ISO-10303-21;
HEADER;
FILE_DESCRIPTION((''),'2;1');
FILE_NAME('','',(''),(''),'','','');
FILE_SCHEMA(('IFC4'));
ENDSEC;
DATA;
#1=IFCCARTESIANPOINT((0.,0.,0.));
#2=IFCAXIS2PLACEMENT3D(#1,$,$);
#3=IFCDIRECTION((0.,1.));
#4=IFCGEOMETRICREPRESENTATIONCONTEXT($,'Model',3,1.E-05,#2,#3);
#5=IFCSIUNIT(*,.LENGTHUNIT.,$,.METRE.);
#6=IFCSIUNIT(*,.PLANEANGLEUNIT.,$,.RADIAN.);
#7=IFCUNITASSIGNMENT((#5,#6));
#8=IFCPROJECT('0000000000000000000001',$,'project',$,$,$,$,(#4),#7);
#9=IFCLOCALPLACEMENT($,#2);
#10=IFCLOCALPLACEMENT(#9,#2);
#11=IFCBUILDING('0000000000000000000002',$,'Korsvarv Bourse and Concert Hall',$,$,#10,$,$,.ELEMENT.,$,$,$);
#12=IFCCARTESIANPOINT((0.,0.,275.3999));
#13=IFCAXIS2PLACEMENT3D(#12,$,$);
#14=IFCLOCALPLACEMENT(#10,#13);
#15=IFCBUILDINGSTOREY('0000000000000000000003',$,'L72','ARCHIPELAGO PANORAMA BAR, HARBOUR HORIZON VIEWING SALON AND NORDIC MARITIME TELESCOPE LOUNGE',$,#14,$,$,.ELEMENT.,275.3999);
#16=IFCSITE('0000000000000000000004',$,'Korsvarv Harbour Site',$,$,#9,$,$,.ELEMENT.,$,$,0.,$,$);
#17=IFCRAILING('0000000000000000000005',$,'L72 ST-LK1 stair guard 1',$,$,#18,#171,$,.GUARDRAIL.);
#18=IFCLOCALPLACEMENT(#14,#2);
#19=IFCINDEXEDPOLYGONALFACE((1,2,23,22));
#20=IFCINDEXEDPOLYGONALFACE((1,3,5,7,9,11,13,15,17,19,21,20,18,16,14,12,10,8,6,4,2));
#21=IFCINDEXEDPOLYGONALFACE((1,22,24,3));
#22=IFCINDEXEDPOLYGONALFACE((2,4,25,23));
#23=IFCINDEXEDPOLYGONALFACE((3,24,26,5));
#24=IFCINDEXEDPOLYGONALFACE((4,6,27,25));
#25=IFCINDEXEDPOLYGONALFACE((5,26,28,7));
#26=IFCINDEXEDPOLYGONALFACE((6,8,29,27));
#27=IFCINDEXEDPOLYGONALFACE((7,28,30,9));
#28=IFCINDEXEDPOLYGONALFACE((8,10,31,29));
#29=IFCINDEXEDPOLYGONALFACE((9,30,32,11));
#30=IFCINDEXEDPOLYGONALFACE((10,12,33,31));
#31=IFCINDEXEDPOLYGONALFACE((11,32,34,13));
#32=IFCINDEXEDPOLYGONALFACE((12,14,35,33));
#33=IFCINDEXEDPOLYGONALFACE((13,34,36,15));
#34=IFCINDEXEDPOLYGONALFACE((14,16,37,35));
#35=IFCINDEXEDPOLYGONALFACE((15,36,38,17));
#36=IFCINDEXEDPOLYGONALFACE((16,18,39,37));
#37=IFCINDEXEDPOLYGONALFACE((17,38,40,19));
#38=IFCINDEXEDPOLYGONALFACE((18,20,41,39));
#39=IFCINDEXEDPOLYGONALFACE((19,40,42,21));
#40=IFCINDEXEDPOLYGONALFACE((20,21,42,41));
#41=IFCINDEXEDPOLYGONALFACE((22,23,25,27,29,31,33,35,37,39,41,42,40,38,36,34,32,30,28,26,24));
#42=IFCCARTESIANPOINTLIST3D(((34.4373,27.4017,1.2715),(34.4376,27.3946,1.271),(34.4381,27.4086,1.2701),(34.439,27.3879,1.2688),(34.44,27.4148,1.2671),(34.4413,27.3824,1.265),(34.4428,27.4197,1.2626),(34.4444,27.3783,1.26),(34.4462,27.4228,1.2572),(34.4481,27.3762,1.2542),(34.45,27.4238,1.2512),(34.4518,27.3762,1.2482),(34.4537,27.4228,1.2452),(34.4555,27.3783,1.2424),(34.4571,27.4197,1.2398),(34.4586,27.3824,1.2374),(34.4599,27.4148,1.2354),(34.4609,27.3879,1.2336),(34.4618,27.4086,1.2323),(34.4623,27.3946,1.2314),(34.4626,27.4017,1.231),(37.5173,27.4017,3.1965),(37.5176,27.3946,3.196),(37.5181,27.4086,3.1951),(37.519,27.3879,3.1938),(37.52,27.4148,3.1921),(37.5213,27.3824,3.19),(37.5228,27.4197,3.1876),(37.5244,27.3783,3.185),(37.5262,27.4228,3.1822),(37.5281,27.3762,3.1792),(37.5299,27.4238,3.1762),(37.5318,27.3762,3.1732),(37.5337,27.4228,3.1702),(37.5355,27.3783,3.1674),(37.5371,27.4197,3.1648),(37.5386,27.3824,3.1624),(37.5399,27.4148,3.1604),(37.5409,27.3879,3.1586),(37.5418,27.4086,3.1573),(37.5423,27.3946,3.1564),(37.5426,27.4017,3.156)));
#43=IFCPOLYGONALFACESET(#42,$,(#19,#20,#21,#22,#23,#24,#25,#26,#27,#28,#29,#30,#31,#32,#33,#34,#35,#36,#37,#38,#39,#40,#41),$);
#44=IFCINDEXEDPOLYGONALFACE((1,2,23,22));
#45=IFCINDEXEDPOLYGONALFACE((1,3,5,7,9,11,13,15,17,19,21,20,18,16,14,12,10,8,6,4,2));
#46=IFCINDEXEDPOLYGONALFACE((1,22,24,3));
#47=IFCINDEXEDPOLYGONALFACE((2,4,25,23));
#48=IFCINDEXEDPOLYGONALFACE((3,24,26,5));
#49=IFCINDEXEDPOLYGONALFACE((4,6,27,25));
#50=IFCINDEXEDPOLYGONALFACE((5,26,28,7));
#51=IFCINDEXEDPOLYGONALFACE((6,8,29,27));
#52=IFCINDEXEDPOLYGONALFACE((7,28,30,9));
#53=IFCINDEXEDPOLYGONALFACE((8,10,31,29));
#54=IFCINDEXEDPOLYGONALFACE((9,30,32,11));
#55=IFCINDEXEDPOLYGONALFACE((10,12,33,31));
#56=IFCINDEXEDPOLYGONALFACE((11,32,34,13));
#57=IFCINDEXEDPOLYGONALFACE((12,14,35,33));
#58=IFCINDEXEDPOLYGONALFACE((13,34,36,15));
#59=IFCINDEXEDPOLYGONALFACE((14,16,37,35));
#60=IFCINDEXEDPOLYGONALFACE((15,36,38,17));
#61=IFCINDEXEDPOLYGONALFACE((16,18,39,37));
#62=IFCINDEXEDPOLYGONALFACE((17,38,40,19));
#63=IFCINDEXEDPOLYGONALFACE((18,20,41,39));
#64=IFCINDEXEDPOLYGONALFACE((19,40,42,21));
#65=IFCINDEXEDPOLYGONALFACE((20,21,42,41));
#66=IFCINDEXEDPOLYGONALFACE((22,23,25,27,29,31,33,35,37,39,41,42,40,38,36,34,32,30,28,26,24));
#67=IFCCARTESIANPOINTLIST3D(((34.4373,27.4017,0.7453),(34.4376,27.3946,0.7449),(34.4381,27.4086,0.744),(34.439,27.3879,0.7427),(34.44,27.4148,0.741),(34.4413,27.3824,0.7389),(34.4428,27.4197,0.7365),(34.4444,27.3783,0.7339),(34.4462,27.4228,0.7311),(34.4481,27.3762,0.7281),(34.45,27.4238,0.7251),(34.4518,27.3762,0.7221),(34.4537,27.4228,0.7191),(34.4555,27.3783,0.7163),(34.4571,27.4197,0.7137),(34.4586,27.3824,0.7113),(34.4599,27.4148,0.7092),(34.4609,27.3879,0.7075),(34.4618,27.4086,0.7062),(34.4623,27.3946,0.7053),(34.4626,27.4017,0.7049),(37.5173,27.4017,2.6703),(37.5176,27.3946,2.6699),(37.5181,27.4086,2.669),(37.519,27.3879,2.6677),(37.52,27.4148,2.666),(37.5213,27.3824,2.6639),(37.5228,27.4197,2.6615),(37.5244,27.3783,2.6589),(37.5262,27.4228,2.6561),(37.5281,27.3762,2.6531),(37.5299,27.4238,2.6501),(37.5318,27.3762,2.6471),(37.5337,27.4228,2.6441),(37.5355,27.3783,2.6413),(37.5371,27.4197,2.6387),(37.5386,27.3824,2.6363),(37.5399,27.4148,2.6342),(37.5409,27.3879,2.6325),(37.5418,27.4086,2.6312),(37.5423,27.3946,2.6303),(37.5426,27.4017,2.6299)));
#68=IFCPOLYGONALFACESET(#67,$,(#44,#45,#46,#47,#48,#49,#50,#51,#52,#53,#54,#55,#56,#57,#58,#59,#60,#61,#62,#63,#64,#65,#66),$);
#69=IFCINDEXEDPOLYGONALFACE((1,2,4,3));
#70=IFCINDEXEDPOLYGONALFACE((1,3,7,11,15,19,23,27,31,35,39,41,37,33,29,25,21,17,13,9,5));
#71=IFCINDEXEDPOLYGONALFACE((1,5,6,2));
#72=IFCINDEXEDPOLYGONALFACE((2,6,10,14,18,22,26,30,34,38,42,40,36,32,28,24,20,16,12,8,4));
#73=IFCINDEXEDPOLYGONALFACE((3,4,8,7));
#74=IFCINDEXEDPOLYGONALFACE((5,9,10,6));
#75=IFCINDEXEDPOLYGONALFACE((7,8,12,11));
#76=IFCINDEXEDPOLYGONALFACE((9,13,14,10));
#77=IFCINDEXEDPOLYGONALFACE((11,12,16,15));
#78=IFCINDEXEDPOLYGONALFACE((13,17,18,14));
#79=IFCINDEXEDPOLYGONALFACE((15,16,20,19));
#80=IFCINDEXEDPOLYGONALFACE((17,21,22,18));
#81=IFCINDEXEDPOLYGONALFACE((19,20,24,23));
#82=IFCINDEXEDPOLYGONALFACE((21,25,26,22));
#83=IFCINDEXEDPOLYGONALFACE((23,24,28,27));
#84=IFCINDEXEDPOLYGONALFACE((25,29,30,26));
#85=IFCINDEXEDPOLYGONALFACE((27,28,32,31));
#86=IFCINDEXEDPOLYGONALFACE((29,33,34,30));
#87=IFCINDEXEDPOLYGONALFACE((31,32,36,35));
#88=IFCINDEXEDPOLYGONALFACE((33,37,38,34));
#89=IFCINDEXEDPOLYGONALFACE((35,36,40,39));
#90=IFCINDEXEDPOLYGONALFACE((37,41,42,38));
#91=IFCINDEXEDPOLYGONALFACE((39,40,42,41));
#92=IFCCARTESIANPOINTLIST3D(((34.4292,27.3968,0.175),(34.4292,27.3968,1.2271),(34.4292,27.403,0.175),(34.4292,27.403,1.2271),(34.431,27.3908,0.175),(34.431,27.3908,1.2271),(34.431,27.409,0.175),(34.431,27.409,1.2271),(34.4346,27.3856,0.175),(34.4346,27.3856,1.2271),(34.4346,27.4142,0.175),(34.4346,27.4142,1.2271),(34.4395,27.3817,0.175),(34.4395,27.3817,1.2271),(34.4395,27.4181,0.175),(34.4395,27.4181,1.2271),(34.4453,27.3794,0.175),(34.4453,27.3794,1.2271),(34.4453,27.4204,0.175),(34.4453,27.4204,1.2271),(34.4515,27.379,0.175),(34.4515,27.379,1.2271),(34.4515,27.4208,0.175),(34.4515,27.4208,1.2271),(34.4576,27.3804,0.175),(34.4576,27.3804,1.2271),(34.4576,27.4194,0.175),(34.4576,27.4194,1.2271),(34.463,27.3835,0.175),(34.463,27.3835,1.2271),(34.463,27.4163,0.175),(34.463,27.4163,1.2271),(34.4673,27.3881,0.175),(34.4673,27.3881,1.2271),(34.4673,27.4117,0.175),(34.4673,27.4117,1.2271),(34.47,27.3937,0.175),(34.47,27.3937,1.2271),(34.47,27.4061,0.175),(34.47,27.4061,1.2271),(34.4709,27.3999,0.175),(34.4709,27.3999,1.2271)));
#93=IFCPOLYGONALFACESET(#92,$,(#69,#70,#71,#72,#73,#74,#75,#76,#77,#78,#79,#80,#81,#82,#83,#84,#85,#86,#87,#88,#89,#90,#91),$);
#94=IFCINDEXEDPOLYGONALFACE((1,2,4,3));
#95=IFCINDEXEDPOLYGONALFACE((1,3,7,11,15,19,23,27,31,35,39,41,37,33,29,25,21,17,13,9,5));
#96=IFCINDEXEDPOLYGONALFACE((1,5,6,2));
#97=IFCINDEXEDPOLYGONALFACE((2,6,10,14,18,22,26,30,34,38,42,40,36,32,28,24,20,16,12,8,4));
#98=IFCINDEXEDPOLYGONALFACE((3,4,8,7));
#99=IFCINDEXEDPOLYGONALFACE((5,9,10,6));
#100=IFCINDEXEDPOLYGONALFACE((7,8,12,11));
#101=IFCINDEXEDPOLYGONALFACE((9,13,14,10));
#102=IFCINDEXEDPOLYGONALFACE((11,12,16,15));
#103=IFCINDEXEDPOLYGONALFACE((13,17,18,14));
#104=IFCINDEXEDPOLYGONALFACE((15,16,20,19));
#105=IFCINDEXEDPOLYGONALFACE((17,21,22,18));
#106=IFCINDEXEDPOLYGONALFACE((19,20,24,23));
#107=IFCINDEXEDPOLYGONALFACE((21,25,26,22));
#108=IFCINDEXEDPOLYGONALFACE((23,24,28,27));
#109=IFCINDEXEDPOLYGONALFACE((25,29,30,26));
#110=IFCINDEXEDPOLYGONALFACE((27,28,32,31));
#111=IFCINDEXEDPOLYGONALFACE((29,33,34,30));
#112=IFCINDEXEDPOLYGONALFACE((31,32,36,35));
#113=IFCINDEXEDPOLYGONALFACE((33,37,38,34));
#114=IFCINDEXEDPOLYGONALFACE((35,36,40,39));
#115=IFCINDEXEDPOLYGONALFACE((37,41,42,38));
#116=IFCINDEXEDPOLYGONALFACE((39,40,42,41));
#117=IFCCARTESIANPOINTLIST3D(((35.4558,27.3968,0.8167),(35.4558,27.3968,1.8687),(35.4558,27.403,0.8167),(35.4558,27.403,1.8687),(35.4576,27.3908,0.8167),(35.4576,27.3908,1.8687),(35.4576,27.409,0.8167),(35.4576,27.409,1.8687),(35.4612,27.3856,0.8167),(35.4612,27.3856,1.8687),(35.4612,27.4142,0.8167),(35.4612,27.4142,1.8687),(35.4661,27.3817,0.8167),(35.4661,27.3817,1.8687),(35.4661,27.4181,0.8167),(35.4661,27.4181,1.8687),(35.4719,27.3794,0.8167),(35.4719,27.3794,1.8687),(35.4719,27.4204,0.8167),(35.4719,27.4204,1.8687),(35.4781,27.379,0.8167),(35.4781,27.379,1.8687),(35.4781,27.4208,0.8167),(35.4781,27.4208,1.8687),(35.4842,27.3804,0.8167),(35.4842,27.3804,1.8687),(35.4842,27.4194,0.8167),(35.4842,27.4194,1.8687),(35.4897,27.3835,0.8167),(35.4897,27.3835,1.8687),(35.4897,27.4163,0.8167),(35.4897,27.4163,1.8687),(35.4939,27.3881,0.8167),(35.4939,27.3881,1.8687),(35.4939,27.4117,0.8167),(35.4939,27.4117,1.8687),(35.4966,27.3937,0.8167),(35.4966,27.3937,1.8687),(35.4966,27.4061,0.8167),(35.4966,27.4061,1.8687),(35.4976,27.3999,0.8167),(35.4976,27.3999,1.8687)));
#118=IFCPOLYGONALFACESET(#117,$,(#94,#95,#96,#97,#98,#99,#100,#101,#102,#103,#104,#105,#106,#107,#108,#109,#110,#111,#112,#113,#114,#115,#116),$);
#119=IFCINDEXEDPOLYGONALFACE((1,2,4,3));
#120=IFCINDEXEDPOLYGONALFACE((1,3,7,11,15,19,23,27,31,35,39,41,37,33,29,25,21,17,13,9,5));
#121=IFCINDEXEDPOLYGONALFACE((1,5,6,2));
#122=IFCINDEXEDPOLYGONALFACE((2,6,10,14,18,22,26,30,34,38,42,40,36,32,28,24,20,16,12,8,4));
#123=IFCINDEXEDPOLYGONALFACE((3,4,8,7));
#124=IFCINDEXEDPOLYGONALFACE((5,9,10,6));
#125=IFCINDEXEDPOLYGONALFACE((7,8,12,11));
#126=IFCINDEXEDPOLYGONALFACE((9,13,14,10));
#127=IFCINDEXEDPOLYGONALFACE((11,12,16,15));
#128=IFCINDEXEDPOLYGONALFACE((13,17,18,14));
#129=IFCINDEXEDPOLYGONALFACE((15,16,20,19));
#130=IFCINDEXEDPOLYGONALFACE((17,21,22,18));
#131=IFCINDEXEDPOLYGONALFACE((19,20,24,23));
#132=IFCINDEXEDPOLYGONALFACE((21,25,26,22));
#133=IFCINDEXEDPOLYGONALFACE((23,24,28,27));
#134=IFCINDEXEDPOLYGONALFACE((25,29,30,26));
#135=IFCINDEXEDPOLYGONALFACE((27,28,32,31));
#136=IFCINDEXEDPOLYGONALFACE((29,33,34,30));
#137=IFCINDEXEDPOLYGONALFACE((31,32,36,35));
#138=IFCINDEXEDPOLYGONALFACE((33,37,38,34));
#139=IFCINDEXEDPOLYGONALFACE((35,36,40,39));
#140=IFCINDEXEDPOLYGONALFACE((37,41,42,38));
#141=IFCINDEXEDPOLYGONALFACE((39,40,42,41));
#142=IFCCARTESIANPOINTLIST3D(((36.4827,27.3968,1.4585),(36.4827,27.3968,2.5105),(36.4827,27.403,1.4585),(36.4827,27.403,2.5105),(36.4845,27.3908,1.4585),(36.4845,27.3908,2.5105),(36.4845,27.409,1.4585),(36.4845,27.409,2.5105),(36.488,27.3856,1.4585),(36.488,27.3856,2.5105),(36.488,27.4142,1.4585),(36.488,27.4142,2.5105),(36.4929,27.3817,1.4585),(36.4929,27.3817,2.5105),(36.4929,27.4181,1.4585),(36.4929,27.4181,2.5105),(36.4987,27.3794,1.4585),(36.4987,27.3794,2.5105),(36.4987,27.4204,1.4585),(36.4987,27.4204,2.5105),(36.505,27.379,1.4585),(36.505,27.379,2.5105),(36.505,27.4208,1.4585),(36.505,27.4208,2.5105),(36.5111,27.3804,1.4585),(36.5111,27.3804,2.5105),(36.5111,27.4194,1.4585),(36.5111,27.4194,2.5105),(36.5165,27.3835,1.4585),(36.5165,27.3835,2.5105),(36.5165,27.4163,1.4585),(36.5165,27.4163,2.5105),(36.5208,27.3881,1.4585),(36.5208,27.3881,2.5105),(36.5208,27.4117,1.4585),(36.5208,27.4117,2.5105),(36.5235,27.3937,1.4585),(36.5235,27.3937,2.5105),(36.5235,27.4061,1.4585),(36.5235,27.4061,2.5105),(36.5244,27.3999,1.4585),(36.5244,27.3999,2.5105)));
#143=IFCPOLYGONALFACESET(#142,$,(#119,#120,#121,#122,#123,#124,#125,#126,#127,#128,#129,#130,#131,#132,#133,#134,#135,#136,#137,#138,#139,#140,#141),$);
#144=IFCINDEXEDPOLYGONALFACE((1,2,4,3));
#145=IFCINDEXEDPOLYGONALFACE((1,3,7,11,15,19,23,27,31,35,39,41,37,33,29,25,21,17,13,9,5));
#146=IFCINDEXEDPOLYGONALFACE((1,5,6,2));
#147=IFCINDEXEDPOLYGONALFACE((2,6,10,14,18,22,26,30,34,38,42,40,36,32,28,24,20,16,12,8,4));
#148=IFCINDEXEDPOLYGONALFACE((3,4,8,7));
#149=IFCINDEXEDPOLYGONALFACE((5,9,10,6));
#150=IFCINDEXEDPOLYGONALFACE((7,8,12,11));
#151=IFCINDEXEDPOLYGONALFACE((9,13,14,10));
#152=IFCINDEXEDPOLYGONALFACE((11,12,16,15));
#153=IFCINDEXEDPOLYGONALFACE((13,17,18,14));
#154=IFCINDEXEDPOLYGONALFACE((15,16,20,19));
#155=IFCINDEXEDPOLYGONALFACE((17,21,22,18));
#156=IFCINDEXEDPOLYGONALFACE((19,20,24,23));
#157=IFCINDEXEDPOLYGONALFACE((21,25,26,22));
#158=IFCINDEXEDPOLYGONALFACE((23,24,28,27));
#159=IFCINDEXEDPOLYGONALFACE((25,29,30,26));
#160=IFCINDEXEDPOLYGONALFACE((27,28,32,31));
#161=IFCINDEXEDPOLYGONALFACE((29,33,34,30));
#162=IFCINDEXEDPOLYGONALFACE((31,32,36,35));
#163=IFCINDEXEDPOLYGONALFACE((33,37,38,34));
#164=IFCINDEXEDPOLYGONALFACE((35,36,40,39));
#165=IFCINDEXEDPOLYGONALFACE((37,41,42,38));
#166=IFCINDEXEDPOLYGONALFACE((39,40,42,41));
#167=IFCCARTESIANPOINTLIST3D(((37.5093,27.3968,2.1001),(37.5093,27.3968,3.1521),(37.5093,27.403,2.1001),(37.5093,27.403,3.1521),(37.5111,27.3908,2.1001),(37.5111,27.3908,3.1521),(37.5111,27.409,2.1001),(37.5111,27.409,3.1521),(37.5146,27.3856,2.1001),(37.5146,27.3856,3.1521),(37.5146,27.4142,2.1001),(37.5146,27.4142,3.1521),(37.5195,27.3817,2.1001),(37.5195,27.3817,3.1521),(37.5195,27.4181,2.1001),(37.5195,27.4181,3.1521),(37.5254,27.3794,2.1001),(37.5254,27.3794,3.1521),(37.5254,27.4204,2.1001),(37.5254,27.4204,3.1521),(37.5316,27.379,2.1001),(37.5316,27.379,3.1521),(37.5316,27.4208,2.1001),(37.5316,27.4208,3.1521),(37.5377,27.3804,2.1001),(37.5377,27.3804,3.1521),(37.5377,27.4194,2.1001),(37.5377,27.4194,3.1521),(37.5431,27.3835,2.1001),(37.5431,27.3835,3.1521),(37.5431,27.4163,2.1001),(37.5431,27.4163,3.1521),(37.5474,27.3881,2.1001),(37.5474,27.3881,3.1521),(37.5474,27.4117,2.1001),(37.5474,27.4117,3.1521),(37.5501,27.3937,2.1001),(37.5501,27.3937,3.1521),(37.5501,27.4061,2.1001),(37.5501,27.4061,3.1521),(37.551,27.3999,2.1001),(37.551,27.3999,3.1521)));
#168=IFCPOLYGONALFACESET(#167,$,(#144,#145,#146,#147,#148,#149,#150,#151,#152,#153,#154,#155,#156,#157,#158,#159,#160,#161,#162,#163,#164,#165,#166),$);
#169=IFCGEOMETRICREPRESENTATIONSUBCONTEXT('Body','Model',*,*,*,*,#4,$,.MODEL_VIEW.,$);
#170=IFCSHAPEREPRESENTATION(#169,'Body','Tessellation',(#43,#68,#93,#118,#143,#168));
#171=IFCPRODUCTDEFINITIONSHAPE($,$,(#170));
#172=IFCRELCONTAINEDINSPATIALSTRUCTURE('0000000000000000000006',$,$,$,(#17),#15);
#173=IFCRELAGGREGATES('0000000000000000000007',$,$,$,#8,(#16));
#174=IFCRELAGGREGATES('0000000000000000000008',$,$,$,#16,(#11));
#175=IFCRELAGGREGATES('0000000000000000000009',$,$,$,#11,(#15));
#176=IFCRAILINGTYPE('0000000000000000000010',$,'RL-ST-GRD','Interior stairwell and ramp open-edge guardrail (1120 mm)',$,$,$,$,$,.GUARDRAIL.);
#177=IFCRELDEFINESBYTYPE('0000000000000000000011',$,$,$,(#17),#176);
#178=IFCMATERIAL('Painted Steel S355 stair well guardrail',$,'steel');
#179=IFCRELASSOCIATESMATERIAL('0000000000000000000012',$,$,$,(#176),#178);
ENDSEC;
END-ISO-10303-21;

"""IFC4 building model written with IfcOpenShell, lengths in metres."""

from ifc_helpers import new_model, si_unit, direction, frame, origin, origin_2d, place, context, subcontext, project, spatial, circle, extrude, material, type_object, element, save


model = new_model("IFC4")

# Units and contexts
model_context = context("Model", 3, precision=1e-05, world=origin(), true_north=direction((0.0, 1.0)))
body_context = subcontext(model_context, "Body", "Model", "MODEL_VIEW")
ifc_project = project(units=[si_unit("LENGTHUNIT", "METRE"), si_unit("PLANEANGLEUNIT", "RADIAN")], contexts=[model_context])

# Site, building, storey
site_placement = place(None, origin())
site = spatial("IfcSite", under=ifc_project, at=site_placement, Name="Korsvarv Harbour Site", CompositionType="ELEMENT", RefElevation=0.0)
building_placement = place(site_placement, origin())
building = spatial("IfcBuilding", under=site, at=building_placement, Name="Korsvarv Bourse and Concert Hall", CompositionType="ELEMENT")
storey_placement = place(building_placement, frame((0.0, 0.0, 275.3999)))
storey = spatial("IfcBuildingStorey", under=building, at=storey_placement, Name="L72", Description="ARCHIPELAGO PANORAMA BAR, HARBOUR HORIZON VIEWING SALON AND NORDIC MARITIME TELESCOPE LOUNGE", CompositionType="ELEMENT", Elevation=275.3999)

# Railing
ifc_material_1 = material(Name="Painted Steel S355 stair well guardrail", Category="steel")
railing_type_1 = type_object("IfcRailingType", Name="RL-ST-GRD", Description="Interior stairwell and ramp open-edge guardrail (1120 mm)", PredefinedType="GUARDRAIL", material=ifc_material_1)
railing_1_placement = place(storey_placement, frame((34.45, 27.3999, 0.175)))
element("IfcRailing", 1, at=railing_1_placement, inside=storey, type_object=railing_type_1, Name="L72 ST-LK1 stair guard 1", PredefinedType="GUARDRAIL", context=body_context, shape_type="SweptSolid", body=[
    extrude(circle(Radius=0.0239, at=origin_2d()), frame((0.0, 0.0, 1.0762), z_axis=(0.847998, 0.0, 0.529999), x_axis=(0.0, 1.0, 0.0)), (0.0, 0.0, 1.0), 3.6321),
    extrude(circle(Radius=0.0239, at=origin_2d()), frame((0.0, 0.0, 0.55), z_axis=(0.847998, 0.0, 0.529999), x_axis=(0.0, 1.0, 0.0)), (0.0, 0.0, 1.0), 3.6321),
    extrude(circle(Radius=0.021, at=origin_2d()), origin(), (0.0, 0.0, 1.0), 1.052),
    extrude(circle(Radius=0.021, at=origin_2d()), frame((1.0266, 0.0, 0.6416)), (0.0, 0.0, 1.0), 1.052),
    extrude(circle(Radius=0.021, at=origin_2d()), frame((2.0535, 0.0, 1.2834)), (0.0, 0.0, 1.0), 1.052),
    extrude(circle(Radius=0.021, at=origin_2d()), frame((3.0801, 0.0, 1.925)), (0.0, 0.0, 1.0), 1.052),
])

save(model, "model.ifc")
